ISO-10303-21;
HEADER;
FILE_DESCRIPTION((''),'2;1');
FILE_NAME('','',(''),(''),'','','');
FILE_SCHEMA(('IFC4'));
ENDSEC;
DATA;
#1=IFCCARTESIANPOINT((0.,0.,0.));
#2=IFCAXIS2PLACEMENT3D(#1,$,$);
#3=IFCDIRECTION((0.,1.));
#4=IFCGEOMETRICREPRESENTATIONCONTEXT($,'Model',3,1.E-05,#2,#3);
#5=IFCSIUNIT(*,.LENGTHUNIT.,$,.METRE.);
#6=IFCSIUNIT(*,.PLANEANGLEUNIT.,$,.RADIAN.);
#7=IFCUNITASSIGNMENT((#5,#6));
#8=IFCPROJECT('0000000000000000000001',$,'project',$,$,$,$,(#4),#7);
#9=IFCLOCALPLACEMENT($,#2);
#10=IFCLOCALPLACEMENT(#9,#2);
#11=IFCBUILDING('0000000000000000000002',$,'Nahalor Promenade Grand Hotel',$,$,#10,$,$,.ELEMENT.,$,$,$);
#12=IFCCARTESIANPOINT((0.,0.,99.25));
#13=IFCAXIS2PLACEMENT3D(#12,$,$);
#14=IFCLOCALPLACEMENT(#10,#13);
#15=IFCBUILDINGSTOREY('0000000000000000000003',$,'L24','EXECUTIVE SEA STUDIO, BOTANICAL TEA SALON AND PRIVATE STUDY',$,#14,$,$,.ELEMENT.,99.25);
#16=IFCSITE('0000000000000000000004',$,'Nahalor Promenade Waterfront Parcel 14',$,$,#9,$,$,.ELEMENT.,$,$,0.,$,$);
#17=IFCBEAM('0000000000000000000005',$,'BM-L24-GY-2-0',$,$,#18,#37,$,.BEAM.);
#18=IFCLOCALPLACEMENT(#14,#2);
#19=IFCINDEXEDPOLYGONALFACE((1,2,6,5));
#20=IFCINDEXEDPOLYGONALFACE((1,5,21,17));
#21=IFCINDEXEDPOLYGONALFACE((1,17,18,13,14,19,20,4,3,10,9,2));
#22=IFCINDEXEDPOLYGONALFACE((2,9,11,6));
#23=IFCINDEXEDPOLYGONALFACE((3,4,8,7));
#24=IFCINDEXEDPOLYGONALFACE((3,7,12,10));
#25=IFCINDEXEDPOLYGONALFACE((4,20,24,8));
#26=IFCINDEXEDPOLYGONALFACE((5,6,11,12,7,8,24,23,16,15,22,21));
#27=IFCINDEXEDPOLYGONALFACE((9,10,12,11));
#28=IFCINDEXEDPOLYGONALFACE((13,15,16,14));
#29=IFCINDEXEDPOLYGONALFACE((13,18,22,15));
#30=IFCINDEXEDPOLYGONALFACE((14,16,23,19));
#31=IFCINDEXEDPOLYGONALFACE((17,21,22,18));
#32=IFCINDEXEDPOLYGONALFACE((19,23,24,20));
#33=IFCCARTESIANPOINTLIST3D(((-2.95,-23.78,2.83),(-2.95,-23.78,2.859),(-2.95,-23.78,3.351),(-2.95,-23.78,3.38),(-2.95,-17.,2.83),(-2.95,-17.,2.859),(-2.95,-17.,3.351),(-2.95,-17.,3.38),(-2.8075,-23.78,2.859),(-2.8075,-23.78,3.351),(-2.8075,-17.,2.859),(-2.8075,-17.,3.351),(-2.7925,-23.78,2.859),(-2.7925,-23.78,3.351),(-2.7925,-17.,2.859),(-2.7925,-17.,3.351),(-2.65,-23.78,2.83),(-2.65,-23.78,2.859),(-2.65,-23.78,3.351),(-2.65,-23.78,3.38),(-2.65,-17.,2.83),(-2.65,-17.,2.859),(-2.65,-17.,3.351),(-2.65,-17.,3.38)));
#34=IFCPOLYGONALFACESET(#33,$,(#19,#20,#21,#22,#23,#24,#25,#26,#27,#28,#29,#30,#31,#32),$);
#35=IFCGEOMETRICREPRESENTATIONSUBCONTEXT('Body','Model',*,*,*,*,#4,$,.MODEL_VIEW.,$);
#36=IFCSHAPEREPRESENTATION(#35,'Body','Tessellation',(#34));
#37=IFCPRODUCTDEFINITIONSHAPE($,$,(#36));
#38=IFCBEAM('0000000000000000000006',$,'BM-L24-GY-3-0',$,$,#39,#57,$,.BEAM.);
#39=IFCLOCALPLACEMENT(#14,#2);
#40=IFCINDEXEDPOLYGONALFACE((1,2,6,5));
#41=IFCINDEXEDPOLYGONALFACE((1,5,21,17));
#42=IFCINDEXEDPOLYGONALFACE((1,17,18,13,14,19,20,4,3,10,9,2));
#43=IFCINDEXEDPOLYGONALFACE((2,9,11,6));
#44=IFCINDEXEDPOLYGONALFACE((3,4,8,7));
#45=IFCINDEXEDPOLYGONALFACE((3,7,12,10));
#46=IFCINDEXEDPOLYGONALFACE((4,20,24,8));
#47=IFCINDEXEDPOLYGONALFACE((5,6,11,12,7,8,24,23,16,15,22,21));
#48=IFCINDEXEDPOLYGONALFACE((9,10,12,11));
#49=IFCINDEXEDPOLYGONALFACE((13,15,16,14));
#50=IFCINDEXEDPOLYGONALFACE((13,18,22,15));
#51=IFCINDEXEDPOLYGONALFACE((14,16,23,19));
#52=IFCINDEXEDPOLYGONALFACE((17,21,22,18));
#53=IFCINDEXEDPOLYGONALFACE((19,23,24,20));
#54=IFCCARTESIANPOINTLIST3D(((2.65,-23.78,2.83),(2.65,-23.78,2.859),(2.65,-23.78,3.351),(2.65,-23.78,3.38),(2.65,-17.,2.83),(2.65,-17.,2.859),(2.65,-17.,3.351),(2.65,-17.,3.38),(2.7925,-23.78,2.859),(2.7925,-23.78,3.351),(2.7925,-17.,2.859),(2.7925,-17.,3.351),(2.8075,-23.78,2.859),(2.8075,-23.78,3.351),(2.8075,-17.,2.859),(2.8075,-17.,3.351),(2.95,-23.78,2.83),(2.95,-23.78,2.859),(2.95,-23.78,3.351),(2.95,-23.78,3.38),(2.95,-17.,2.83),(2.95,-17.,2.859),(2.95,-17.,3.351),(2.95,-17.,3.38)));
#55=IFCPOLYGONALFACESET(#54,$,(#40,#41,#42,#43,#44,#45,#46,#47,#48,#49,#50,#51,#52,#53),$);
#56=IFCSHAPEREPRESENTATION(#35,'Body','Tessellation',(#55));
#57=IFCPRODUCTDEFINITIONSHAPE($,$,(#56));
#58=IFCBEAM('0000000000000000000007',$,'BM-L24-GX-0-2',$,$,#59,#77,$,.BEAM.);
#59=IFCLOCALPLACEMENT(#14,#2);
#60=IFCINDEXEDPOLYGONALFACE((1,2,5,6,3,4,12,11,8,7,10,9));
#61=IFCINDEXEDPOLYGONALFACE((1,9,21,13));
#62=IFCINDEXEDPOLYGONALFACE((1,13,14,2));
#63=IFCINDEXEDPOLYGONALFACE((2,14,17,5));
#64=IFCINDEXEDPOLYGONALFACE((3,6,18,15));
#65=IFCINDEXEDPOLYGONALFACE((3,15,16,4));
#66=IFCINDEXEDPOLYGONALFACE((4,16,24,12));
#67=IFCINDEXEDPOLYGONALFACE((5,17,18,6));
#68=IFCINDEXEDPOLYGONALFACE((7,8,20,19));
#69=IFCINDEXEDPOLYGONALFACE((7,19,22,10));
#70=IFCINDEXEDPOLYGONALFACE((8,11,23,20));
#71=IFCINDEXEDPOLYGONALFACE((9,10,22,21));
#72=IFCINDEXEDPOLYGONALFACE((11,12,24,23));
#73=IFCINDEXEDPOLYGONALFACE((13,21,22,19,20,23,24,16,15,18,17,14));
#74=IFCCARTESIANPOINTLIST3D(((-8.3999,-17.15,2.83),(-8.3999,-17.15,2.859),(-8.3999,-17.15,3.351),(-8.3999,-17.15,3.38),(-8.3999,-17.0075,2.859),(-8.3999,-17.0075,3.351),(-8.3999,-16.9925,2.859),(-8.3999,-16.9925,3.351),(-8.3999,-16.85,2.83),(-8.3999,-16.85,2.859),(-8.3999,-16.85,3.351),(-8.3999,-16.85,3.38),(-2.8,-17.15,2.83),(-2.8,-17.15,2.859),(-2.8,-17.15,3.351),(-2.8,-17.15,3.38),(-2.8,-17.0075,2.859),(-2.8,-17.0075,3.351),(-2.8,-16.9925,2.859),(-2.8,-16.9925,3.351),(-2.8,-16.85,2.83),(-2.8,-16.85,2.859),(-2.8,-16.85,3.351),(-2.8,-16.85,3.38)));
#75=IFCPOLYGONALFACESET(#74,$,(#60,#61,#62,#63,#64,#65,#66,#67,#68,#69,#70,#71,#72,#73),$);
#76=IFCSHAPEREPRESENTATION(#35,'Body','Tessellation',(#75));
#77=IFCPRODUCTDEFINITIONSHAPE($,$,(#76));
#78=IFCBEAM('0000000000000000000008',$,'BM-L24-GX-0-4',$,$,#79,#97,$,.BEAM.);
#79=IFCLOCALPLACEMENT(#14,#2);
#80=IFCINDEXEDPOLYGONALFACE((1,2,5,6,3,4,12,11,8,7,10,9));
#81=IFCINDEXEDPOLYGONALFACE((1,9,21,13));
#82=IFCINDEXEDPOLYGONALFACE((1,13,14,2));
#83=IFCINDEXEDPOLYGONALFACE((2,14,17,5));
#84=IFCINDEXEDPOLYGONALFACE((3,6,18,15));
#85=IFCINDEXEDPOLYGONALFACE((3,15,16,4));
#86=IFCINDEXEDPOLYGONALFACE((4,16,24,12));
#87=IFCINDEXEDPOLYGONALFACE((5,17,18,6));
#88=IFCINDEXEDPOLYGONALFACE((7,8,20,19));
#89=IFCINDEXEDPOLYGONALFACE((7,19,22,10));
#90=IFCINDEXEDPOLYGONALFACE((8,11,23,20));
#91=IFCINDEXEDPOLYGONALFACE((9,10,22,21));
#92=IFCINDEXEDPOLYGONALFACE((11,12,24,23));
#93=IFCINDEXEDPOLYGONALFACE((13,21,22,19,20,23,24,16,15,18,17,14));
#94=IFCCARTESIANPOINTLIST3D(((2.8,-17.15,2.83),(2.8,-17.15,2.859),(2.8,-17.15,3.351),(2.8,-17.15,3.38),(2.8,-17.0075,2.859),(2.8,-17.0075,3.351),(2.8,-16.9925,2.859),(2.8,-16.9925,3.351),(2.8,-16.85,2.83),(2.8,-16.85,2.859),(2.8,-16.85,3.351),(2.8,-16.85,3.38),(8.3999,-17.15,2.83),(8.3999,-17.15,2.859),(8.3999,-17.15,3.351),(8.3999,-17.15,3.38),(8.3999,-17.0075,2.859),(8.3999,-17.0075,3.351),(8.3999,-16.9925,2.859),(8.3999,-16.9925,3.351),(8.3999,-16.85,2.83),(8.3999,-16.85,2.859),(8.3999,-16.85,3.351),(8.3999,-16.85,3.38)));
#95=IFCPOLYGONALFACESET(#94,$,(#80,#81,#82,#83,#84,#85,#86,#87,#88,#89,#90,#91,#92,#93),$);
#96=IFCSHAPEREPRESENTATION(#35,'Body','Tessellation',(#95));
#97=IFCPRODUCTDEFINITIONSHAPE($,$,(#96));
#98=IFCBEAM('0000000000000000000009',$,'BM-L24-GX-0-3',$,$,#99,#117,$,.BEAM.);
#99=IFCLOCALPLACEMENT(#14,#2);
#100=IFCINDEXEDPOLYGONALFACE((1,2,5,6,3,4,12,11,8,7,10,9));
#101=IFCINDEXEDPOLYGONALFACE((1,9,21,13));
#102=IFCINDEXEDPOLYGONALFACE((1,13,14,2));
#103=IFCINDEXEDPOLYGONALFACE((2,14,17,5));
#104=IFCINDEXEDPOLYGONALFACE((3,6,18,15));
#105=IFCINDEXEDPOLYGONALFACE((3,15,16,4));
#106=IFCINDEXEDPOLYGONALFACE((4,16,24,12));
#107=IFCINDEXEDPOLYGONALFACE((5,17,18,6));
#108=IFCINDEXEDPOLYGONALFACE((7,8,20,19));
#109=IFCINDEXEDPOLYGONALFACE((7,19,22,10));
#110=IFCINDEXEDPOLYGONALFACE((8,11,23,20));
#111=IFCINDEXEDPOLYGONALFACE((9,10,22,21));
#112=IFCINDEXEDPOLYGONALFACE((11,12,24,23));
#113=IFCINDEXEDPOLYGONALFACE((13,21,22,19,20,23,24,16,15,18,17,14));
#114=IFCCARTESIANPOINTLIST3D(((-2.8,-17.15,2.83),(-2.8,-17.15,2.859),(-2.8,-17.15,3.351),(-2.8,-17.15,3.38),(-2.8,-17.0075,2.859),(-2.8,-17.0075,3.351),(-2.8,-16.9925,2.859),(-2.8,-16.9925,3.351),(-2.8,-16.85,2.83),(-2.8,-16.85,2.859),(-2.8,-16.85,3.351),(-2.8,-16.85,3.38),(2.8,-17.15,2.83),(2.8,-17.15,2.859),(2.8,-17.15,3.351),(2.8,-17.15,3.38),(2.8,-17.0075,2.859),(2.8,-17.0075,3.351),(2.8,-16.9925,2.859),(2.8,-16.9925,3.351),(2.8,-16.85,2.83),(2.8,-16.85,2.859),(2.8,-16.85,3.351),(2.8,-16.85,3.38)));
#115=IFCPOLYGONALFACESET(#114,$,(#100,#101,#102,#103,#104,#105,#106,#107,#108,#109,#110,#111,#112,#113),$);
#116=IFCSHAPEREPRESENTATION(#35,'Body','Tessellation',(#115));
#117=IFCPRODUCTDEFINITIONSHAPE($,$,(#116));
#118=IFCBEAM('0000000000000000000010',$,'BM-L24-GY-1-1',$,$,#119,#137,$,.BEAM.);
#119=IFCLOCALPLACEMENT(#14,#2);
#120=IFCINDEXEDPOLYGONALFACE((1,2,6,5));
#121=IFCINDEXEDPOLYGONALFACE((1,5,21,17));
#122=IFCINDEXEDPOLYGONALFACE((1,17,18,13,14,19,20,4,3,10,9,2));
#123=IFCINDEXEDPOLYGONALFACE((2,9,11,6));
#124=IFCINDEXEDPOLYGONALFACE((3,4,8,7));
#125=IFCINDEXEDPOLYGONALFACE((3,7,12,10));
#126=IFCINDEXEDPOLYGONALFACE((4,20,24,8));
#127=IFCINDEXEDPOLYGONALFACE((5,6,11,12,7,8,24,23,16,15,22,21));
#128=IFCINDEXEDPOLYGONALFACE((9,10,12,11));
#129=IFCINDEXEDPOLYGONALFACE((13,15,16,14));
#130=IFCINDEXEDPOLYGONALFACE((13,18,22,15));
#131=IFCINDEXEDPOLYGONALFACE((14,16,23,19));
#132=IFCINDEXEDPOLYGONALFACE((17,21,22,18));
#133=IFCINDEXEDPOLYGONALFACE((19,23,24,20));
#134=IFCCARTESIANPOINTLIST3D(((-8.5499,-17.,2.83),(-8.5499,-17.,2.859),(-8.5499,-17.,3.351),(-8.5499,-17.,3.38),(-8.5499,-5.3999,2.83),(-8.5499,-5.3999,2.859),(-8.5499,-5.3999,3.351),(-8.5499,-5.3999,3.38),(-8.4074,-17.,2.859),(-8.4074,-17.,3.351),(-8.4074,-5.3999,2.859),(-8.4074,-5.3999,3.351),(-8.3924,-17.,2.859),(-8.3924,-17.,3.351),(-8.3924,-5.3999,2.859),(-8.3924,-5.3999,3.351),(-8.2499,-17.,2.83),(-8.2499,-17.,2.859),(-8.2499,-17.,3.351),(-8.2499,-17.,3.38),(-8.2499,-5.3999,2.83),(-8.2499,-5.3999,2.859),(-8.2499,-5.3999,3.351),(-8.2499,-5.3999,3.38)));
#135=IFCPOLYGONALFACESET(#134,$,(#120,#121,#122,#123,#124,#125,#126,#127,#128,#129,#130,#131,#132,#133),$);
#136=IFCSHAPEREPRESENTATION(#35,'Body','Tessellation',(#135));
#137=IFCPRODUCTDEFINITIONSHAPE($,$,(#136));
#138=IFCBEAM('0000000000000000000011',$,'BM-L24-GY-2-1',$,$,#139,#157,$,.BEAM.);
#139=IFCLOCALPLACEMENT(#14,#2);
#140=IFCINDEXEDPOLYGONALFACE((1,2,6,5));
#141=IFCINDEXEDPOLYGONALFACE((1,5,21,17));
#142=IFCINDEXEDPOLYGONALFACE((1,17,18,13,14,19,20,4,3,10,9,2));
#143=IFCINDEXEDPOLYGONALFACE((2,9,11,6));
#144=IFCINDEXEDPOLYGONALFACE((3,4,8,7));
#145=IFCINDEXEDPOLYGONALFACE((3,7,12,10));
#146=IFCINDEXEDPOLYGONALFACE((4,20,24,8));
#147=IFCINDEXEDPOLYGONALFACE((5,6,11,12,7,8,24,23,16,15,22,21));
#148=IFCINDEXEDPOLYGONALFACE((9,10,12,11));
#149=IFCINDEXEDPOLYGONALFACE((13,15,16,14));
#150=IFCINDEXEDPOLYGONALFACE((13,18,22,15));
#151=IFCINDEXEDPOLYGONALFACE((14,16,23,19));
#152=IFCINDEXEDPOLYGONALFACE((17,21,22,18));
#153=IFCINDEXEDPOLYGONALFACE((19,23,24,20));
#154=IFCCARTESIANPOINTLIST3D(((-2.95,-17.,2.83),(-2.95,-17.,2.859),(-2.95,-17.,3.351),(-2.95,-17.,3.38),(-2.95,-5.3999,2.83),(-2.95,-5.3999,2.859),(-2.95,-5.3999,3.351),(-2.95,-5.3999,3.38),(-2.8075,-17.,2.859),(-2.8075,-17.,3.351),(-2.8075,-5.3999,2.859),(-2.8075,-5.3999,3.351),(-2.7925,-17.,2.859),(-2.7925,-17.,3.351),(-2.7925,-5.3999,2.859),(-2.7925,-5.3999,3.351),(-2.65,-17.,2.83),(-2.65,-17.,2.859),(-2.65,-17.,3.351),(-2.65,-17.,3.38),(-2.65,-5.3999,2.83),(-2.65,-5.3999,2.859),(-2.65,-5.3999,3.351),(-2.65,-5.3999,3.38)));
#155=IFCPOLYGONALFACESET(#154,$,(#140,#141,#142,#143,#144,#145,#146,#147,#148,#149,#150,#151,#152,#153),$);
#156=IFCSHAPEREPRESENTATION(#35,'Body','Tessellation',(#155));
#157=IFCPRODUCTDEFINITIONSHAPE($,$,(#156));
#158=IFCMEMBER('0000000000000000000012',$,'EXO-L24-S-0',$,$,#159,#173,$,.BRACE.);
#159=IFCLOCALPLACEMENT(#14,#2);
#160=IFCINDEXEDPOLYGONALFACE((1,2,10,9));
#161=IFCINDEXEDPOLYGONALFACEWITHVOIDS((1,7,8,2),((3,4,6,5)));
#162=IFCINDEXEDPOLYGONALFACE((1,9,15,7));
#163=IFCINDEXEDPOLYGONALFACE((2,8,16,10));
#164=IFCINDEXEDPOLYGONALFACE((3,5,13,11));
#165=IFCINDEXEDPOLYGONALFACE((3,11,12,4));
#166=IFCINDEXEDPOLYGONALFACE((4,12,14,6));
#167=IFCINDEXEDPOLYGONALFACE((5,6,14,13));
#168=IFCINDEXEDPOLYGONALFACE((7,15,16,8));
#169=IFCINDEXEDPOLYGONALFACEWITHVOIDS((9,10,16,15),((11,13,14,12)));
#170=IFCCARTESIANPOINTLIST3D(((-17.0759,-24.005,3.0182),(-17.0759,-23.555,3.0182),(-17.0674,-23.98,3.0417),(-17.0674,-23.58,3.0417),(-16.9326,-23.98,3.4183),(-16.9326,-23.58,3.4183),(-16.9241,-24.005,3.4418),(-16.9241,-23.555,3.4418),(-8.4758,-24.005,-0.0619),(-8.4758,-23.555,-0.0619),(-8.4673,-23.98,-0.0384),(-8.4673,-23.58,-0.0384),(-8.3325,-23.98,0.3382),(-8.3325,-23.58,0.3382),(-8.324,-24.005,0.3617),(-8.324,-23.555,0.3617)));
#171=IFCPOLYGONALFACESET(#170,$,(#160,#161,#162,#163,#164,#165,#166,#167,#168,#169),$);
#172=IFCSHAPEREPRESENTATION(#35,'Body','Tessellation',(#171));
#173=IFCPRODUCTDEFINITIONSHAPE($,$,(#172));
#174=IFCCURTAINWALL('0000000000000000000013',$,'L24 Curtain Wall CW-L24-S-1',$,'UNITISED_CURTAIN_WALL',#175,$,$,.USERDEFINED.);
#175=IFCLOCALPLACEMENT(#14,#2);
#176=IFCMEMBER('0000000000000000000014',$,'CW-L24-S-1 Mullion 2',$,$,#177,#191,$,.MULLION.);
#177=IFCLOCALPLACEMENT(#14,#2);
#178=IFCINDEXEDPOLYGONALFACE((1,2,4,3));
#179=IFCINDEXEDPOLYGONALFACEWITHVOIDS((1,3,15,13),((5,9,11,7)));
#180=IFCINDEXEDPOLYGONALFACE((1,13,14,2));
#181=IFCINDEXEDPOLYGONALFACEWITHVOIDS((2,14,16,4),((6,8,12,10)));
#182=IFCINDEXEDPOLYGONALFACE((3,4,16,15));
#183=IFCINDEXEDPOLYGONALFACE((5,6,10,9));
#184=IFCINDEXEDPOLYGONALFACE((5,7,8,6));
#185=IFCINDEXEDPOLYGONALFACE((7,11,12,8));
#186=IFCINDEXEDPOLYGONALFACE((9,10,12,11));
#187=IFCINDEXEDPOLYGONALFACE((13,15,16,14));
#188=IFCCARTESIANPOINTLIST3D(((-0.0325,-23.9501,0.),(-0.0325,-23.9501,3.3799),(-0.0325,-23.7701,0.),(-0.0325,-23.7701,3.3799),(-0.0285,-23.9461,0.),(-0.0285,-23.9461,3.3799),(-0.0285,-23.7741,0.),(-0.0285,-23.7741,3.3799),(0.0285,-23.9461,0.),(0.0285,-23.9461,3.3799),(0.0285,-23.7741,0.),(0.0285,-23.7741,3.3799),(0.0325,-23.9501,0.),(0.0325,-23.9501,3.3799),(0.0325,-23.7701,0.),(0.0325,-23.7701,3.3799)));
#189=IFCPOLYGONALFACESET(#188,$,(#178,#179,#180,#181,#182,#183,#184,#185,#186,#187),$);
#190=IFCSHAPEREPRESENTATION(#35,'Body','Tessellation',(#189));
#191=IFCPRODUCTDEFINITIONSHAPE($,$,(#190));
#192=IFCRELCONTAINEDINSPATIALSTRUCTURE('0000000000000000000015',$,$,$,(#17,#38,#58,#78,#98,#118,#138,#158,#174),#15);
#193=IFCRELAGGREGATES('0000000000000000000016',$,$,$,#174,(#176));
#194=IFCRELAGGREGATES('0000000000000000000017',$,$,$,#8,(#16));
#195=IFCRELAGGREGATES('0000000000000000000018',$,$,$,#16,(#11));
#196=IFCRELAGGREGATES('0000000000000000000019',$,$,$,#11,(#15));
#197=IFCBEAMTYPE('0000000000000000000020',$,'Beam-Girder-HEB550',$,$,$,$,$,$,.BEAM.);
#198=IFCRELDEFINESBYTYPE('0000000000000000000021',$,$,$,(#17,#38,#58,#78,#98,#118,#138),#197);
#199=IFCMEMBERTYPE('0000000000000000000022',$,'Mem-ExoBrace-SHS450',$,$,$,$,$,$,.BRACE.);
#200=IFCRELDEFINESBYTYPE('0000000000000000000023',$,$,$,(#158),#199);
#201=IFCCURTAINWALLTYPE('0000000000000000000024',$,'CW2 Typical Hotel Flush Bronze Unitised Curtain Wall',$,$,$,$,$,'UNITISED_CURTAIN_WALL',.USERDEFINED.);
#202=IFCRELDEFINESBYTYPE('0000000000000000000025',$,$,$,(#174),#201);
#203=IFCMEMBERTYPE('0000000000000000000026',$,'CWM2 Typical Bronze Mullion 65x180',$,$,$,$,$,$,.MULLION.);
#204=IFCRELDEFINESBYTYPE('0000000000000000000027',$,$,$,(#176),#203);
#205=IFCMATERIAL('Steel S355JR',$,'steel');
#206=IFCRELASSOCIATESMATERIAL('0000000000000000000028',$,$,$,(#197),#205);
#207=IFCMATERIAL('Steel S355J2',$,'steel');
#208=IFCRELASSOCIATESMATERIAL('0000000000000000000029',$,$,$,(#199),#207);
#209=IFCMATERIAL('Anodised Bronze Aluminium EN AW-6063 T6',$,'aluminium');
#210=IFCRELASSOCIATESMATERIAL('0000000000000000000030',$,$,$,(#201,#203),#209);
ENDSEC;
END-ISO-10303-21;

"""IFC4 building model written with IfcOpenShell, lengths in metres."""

from ifc_helpers import new_model, si_unit, direction, frame, origin, origin_2d, place, context, subcontext, project, spatial, hollow_rectangle, i_section, extrude, source, transform, mapped, material, material_profile, profile_set, type_object, element, aggregate, save


model = new_model("IFC4")

# Units and contexts
model_context = context("Model", 3, precision=1e-05, world=origin(), true_north=direction((0.0, 1.0)))
body_context = subcontext(model_context, "Body", "Model", "MODEL_VIEW")
ifc_project = project(units=[si_unit("LENGTHUNIT", "METRE"), si_unit("PLANEANGLEUNIT", "RADIAN")], contexts=[model_context])

# Site, building, storey
site_placement = place(None, origin())
site = spatial("IfcSite", under=ifc_project, at=site_placement, Name="Nahalor Promenade Waterfront Parcel 14", CompositionType="ELEMENT", RefElevation=0.0)
building_placement = place(site_placement, origin())
building = spatial("IfcBuilding", under=site, at=building_placement, Name="Nahalor Promenade Grand Hotel", CompositionType="ELEMENT")
storey_placement = place(building_placement, frame((0.0, 0.0, 99.25)))
storey = spatial("IfcBuildingStorey", under=building, at=storey_placement, Name="L24", Description="EXECUTIVE SEA STUDIO, BOTANICAL TEA SALON AND PRIVATE STUDY", CompositionType="ELEMENT", Elevation=99.25)

# Shared definitions
ifc_material_1 = material(Name="Steel S355J2", Category="steel")

# Beams
ifc_material_2 = material(Name="Steel S355JR", Category="steel")
ifc_material_profile_1 = material_profile(ifc_material_2, i_section(OverallWidth=0.3, OverallDepth=0.55, WebThickness=0.015, FlangeThickness=0.029, at=origin_2d()), Name="HEB 550")
ifc_profile_set_1 = profile_set([ifc_material_profile_1], Name="Steel S355JR")
beam_type_1 = type_object("IfcBeamType", Name="Beam-Girder-HEB550", PredefinedType="BEAM", material=ifc_profile_set_1)
shared_shape_1 = source(origin(), body_context, "Body", "SweptSolid", [
    extrude(i_section(OverallWidth=0.3, OverallDepth=0.55, WebThickness=0.015, FlangeThickness=0.029, at=origin_2d()), origin(), (0.0, 0.0, 1.0), 6.78),
])
for number, where, z_axis, x_axis, name in (
    (1, (-2.8, -23.78, 3.105), (0.0, 1.0, 0.0), (-1.0, 0.0, 0.0), "BM-L24-GY-2-0"),
    (2, (2.8, -23.78, 3.105), (0.0, 1.0, 0.0), (-1.0, 0.0, 0.0), "BM-L24-GY-3-0"),
):
    element("IfcBeam", number, at=place(storey_placement, frame(where, z_axis=z_axis, x_axis=x_axis)), inside=storey, type_object=beam_type_1, Name=name, PredefinedType="BEAM", context=body_context, shape_type="MappedRepresentation", body=[
        mapped(shared_shape_1, transform((0.0, 0.0, 0.0), scale=1.0)),
    ])
shared_shape_2 = source(origin(), body_context, "Body", "SweptSolid", [
    extrude(i_section(OverallWidth=0.3, OverallDepth=0.55, WebThickness=0.015, FlangeThickness=0.029, at=origin_2d()), origin(), (0.0, 0.0, 1.0), 5.5999),
])
for number, where, z_axis, x_axis, name in (
    (3, (-8.3999, -17.0, 3.105), (1.0, 0.0, 0.0), (0.0, 1.0, 0.0), "BM-L24-GX-0-2"),
    (4, (2.8, -17.0, 3.105), (1.0, 0.0, 0.0), (0.0, 1.0, 0.0), "BM-L24-GX-0-4"),
):
    element("IfcBeam", number, at=place(storey_placement, frame(where, z_axis=z_axis, x_axis=x_axis)), inside=storey, type_object=beam_type_1, Name=name, PredefinedType="BEAM", context=body_context, shape_type="MappedRepresentation", body=[
        mapped(shared_shape_2, transform((0.0, 0.0, 0.0), scale=1.0)),
    ])
shared_shape_3 = source(origin(), body_context, "Body", "SweptSolid", [
    extrude(i_section(OverallWidth=0.3, OverallDepth=0.55, WebThickness=0.015, FlangeThickness=0.029, at=origin_2d()), origin(), (0.0, 0.0, 1.0), 5.6001),
])
beam_1_placement = place(storey_placement, frame((-2.8, -17.0, 3.105), z_axis=(1.0, 0.0, 0.0), x_axis=(0.0, 1.0, 0.0)))
element("IfcBeam", 5, at=beam_1_placement, inside=storey, type_object=beam_type_1, Name="BM-L24-GX-0-3", PredefinedType="BEAM", context=body_context, shape_type="MappedRepresentation", body=[
    mapped(shared_shape_3, transform((0.0, 0.0, 0.0), scale=1.0)),
])
shared_shape_4 = source(origin(), body_context, "Body", "SweptSolid", [
    extrude(i_section(OverallWidth=0.3, OverallDepth=0.55, WebThickness=0.015, FlangeThickness=0.029, at=origin_2d()), origin(), (0.0, 0.0, 1.0), 11.6001),
])
for number, where, z_axis, x_axis, name in (
    (6, (-8.3999, -17.0, 3.105), (0.0, 1.0, 0.0), (-1.0, 0.0, 0.0), "BM-L24-GY-1-1"),
    (7, (-2.8, -17.0, 3.105), (0.0, 1.0, 0.0), (-1.0, 0.0, 0.0), "BM-L24-GY-2-1"),
):
    element("IfcBeam", number, at=place(storey_placement, frame(where, z_axis=z_axis, x_axis=x_axis)), inside=storey, type_object=beam_type_1, Name=name, PredefinedType="BEAM", context=body_context, shape_type="MappedRepresentation", body=[
        mapped(shared_shape_4, transform((0.0, 0.0, 0.0), scale=1.0)),
    ])

# Member
ifc_material_profile_2 = material_profile(ifc_material_1, hollow_rectangle(XDim=0.45, YDim=0.45, WallThickness=0.025, at=origin_2d()), Name="SHS 450x450x25")
ifc_profile_set_2 = profile_set([ifc_material_profile_2], Name="Steel S355J2")
member_type_1 = type_object("IfcMemberType", Name="Mem-ExoBrace-SHS450", PredefinedType="BRACE", material=ifc_profile_set_2)
shared_shape_5 = source(origin(), body_context, "Body", "SweptSolid", [
    extrude(hollow_rectangle(XDim=0.45, YDim=0.45, WallThickness=0.025, at=origin_2d()), origin(), (0.0, 0.0, 1.0), 9.135),
])
member_1_placement = place(storey_placement, frame((-8.3999, -23.78, 0.1499), z_axis=(-0.941443, 0.0, 0.337173), x_axis=(0.0, -1.0, 0.0)))
element("IfcMember", 8, at=member_1_placement, inside=storey, type_object=member_type_1, Name="EXO-L24-S-0", PredefinedType="BRACE", context=body_context, shape_type="MappedRepresentation", body=[
    mapped(shared_shape_5, transform((0.0, 0.0, 0.0), scale=1.0)),
])

# Curtain wall, member
ifc_material_3 = material(Name="Anodised Bronze Aluminium EN AW-6063 T6", Category="aluminium")
curtain_wall_type = type_object("IfcCurtainWallType", Name="CW2 Typical Hotel Flush Bronze Unitised Curtain Wall", ElementType="UNITISED_CURTAIN_WALL", PredefinedType="USERDEFINED", material=ifc_material_3)
curtain_wall_placement = place(storey_placement, origin())
curtain_wall = element("IfcCurtainWall", 9, at=curtain_wall_placement, inside=storey, type_object=curtain_wall_type, Name="L24 Curtain Wall CW-L24-S-1", ObjectType="UNITISED_CURTAIN_WALL", PredefinedType="USERDEFINED")
ifc_material_profile_3 = material_profile(ifc_material_3, hollow_rectangle(XDim=0.065, YDim=0.18, WallThickness=0.004, at=origin_2d()), Name="CWM 65x180x4")
ifc_profile_set_3 = profile_set([ifc_material_profile_3], Name="Anodised Bronze Aluminium EN AW-6063 T6")
member_type_2 = type_object("IfcMemberType", Name="CWM2 Typical Bronze Mullion 65x180", PredefinedType="MULLION", material=ifc_profile_set_3)
shared_shape_6 = source(origin(), body_context, "Body", "SweptSolid", [
    extrude(hollow_rectangle(XDim=0.065, YDim=0.18, WallThickness=0.004, at=origin_2d()), origin(), (0.0, 0.0, 1.0), 3.3799),
])
member_2_placement = place(storey_placement, frame((0.0, -23.8601, 0.0), z_axis=(0.0, 0.0, 1.0), x_axis=(1.0, 0.0, 0.0)))
member_2 = element("IfcMember", 10, at=member_2_placement, type_object=member_type_2, Name="CW-L24-S-1 Mullion 2", PredefinedType="MULLION", context=body_context, shape_type="MappedRepresentation", body=[
    mapped(shared_shape_6, transform((0.0, 0.0, 0.0), scale=1.0)),
])
aggregate(curtain_wall, [member_2])

save(model, "model.ifc")
